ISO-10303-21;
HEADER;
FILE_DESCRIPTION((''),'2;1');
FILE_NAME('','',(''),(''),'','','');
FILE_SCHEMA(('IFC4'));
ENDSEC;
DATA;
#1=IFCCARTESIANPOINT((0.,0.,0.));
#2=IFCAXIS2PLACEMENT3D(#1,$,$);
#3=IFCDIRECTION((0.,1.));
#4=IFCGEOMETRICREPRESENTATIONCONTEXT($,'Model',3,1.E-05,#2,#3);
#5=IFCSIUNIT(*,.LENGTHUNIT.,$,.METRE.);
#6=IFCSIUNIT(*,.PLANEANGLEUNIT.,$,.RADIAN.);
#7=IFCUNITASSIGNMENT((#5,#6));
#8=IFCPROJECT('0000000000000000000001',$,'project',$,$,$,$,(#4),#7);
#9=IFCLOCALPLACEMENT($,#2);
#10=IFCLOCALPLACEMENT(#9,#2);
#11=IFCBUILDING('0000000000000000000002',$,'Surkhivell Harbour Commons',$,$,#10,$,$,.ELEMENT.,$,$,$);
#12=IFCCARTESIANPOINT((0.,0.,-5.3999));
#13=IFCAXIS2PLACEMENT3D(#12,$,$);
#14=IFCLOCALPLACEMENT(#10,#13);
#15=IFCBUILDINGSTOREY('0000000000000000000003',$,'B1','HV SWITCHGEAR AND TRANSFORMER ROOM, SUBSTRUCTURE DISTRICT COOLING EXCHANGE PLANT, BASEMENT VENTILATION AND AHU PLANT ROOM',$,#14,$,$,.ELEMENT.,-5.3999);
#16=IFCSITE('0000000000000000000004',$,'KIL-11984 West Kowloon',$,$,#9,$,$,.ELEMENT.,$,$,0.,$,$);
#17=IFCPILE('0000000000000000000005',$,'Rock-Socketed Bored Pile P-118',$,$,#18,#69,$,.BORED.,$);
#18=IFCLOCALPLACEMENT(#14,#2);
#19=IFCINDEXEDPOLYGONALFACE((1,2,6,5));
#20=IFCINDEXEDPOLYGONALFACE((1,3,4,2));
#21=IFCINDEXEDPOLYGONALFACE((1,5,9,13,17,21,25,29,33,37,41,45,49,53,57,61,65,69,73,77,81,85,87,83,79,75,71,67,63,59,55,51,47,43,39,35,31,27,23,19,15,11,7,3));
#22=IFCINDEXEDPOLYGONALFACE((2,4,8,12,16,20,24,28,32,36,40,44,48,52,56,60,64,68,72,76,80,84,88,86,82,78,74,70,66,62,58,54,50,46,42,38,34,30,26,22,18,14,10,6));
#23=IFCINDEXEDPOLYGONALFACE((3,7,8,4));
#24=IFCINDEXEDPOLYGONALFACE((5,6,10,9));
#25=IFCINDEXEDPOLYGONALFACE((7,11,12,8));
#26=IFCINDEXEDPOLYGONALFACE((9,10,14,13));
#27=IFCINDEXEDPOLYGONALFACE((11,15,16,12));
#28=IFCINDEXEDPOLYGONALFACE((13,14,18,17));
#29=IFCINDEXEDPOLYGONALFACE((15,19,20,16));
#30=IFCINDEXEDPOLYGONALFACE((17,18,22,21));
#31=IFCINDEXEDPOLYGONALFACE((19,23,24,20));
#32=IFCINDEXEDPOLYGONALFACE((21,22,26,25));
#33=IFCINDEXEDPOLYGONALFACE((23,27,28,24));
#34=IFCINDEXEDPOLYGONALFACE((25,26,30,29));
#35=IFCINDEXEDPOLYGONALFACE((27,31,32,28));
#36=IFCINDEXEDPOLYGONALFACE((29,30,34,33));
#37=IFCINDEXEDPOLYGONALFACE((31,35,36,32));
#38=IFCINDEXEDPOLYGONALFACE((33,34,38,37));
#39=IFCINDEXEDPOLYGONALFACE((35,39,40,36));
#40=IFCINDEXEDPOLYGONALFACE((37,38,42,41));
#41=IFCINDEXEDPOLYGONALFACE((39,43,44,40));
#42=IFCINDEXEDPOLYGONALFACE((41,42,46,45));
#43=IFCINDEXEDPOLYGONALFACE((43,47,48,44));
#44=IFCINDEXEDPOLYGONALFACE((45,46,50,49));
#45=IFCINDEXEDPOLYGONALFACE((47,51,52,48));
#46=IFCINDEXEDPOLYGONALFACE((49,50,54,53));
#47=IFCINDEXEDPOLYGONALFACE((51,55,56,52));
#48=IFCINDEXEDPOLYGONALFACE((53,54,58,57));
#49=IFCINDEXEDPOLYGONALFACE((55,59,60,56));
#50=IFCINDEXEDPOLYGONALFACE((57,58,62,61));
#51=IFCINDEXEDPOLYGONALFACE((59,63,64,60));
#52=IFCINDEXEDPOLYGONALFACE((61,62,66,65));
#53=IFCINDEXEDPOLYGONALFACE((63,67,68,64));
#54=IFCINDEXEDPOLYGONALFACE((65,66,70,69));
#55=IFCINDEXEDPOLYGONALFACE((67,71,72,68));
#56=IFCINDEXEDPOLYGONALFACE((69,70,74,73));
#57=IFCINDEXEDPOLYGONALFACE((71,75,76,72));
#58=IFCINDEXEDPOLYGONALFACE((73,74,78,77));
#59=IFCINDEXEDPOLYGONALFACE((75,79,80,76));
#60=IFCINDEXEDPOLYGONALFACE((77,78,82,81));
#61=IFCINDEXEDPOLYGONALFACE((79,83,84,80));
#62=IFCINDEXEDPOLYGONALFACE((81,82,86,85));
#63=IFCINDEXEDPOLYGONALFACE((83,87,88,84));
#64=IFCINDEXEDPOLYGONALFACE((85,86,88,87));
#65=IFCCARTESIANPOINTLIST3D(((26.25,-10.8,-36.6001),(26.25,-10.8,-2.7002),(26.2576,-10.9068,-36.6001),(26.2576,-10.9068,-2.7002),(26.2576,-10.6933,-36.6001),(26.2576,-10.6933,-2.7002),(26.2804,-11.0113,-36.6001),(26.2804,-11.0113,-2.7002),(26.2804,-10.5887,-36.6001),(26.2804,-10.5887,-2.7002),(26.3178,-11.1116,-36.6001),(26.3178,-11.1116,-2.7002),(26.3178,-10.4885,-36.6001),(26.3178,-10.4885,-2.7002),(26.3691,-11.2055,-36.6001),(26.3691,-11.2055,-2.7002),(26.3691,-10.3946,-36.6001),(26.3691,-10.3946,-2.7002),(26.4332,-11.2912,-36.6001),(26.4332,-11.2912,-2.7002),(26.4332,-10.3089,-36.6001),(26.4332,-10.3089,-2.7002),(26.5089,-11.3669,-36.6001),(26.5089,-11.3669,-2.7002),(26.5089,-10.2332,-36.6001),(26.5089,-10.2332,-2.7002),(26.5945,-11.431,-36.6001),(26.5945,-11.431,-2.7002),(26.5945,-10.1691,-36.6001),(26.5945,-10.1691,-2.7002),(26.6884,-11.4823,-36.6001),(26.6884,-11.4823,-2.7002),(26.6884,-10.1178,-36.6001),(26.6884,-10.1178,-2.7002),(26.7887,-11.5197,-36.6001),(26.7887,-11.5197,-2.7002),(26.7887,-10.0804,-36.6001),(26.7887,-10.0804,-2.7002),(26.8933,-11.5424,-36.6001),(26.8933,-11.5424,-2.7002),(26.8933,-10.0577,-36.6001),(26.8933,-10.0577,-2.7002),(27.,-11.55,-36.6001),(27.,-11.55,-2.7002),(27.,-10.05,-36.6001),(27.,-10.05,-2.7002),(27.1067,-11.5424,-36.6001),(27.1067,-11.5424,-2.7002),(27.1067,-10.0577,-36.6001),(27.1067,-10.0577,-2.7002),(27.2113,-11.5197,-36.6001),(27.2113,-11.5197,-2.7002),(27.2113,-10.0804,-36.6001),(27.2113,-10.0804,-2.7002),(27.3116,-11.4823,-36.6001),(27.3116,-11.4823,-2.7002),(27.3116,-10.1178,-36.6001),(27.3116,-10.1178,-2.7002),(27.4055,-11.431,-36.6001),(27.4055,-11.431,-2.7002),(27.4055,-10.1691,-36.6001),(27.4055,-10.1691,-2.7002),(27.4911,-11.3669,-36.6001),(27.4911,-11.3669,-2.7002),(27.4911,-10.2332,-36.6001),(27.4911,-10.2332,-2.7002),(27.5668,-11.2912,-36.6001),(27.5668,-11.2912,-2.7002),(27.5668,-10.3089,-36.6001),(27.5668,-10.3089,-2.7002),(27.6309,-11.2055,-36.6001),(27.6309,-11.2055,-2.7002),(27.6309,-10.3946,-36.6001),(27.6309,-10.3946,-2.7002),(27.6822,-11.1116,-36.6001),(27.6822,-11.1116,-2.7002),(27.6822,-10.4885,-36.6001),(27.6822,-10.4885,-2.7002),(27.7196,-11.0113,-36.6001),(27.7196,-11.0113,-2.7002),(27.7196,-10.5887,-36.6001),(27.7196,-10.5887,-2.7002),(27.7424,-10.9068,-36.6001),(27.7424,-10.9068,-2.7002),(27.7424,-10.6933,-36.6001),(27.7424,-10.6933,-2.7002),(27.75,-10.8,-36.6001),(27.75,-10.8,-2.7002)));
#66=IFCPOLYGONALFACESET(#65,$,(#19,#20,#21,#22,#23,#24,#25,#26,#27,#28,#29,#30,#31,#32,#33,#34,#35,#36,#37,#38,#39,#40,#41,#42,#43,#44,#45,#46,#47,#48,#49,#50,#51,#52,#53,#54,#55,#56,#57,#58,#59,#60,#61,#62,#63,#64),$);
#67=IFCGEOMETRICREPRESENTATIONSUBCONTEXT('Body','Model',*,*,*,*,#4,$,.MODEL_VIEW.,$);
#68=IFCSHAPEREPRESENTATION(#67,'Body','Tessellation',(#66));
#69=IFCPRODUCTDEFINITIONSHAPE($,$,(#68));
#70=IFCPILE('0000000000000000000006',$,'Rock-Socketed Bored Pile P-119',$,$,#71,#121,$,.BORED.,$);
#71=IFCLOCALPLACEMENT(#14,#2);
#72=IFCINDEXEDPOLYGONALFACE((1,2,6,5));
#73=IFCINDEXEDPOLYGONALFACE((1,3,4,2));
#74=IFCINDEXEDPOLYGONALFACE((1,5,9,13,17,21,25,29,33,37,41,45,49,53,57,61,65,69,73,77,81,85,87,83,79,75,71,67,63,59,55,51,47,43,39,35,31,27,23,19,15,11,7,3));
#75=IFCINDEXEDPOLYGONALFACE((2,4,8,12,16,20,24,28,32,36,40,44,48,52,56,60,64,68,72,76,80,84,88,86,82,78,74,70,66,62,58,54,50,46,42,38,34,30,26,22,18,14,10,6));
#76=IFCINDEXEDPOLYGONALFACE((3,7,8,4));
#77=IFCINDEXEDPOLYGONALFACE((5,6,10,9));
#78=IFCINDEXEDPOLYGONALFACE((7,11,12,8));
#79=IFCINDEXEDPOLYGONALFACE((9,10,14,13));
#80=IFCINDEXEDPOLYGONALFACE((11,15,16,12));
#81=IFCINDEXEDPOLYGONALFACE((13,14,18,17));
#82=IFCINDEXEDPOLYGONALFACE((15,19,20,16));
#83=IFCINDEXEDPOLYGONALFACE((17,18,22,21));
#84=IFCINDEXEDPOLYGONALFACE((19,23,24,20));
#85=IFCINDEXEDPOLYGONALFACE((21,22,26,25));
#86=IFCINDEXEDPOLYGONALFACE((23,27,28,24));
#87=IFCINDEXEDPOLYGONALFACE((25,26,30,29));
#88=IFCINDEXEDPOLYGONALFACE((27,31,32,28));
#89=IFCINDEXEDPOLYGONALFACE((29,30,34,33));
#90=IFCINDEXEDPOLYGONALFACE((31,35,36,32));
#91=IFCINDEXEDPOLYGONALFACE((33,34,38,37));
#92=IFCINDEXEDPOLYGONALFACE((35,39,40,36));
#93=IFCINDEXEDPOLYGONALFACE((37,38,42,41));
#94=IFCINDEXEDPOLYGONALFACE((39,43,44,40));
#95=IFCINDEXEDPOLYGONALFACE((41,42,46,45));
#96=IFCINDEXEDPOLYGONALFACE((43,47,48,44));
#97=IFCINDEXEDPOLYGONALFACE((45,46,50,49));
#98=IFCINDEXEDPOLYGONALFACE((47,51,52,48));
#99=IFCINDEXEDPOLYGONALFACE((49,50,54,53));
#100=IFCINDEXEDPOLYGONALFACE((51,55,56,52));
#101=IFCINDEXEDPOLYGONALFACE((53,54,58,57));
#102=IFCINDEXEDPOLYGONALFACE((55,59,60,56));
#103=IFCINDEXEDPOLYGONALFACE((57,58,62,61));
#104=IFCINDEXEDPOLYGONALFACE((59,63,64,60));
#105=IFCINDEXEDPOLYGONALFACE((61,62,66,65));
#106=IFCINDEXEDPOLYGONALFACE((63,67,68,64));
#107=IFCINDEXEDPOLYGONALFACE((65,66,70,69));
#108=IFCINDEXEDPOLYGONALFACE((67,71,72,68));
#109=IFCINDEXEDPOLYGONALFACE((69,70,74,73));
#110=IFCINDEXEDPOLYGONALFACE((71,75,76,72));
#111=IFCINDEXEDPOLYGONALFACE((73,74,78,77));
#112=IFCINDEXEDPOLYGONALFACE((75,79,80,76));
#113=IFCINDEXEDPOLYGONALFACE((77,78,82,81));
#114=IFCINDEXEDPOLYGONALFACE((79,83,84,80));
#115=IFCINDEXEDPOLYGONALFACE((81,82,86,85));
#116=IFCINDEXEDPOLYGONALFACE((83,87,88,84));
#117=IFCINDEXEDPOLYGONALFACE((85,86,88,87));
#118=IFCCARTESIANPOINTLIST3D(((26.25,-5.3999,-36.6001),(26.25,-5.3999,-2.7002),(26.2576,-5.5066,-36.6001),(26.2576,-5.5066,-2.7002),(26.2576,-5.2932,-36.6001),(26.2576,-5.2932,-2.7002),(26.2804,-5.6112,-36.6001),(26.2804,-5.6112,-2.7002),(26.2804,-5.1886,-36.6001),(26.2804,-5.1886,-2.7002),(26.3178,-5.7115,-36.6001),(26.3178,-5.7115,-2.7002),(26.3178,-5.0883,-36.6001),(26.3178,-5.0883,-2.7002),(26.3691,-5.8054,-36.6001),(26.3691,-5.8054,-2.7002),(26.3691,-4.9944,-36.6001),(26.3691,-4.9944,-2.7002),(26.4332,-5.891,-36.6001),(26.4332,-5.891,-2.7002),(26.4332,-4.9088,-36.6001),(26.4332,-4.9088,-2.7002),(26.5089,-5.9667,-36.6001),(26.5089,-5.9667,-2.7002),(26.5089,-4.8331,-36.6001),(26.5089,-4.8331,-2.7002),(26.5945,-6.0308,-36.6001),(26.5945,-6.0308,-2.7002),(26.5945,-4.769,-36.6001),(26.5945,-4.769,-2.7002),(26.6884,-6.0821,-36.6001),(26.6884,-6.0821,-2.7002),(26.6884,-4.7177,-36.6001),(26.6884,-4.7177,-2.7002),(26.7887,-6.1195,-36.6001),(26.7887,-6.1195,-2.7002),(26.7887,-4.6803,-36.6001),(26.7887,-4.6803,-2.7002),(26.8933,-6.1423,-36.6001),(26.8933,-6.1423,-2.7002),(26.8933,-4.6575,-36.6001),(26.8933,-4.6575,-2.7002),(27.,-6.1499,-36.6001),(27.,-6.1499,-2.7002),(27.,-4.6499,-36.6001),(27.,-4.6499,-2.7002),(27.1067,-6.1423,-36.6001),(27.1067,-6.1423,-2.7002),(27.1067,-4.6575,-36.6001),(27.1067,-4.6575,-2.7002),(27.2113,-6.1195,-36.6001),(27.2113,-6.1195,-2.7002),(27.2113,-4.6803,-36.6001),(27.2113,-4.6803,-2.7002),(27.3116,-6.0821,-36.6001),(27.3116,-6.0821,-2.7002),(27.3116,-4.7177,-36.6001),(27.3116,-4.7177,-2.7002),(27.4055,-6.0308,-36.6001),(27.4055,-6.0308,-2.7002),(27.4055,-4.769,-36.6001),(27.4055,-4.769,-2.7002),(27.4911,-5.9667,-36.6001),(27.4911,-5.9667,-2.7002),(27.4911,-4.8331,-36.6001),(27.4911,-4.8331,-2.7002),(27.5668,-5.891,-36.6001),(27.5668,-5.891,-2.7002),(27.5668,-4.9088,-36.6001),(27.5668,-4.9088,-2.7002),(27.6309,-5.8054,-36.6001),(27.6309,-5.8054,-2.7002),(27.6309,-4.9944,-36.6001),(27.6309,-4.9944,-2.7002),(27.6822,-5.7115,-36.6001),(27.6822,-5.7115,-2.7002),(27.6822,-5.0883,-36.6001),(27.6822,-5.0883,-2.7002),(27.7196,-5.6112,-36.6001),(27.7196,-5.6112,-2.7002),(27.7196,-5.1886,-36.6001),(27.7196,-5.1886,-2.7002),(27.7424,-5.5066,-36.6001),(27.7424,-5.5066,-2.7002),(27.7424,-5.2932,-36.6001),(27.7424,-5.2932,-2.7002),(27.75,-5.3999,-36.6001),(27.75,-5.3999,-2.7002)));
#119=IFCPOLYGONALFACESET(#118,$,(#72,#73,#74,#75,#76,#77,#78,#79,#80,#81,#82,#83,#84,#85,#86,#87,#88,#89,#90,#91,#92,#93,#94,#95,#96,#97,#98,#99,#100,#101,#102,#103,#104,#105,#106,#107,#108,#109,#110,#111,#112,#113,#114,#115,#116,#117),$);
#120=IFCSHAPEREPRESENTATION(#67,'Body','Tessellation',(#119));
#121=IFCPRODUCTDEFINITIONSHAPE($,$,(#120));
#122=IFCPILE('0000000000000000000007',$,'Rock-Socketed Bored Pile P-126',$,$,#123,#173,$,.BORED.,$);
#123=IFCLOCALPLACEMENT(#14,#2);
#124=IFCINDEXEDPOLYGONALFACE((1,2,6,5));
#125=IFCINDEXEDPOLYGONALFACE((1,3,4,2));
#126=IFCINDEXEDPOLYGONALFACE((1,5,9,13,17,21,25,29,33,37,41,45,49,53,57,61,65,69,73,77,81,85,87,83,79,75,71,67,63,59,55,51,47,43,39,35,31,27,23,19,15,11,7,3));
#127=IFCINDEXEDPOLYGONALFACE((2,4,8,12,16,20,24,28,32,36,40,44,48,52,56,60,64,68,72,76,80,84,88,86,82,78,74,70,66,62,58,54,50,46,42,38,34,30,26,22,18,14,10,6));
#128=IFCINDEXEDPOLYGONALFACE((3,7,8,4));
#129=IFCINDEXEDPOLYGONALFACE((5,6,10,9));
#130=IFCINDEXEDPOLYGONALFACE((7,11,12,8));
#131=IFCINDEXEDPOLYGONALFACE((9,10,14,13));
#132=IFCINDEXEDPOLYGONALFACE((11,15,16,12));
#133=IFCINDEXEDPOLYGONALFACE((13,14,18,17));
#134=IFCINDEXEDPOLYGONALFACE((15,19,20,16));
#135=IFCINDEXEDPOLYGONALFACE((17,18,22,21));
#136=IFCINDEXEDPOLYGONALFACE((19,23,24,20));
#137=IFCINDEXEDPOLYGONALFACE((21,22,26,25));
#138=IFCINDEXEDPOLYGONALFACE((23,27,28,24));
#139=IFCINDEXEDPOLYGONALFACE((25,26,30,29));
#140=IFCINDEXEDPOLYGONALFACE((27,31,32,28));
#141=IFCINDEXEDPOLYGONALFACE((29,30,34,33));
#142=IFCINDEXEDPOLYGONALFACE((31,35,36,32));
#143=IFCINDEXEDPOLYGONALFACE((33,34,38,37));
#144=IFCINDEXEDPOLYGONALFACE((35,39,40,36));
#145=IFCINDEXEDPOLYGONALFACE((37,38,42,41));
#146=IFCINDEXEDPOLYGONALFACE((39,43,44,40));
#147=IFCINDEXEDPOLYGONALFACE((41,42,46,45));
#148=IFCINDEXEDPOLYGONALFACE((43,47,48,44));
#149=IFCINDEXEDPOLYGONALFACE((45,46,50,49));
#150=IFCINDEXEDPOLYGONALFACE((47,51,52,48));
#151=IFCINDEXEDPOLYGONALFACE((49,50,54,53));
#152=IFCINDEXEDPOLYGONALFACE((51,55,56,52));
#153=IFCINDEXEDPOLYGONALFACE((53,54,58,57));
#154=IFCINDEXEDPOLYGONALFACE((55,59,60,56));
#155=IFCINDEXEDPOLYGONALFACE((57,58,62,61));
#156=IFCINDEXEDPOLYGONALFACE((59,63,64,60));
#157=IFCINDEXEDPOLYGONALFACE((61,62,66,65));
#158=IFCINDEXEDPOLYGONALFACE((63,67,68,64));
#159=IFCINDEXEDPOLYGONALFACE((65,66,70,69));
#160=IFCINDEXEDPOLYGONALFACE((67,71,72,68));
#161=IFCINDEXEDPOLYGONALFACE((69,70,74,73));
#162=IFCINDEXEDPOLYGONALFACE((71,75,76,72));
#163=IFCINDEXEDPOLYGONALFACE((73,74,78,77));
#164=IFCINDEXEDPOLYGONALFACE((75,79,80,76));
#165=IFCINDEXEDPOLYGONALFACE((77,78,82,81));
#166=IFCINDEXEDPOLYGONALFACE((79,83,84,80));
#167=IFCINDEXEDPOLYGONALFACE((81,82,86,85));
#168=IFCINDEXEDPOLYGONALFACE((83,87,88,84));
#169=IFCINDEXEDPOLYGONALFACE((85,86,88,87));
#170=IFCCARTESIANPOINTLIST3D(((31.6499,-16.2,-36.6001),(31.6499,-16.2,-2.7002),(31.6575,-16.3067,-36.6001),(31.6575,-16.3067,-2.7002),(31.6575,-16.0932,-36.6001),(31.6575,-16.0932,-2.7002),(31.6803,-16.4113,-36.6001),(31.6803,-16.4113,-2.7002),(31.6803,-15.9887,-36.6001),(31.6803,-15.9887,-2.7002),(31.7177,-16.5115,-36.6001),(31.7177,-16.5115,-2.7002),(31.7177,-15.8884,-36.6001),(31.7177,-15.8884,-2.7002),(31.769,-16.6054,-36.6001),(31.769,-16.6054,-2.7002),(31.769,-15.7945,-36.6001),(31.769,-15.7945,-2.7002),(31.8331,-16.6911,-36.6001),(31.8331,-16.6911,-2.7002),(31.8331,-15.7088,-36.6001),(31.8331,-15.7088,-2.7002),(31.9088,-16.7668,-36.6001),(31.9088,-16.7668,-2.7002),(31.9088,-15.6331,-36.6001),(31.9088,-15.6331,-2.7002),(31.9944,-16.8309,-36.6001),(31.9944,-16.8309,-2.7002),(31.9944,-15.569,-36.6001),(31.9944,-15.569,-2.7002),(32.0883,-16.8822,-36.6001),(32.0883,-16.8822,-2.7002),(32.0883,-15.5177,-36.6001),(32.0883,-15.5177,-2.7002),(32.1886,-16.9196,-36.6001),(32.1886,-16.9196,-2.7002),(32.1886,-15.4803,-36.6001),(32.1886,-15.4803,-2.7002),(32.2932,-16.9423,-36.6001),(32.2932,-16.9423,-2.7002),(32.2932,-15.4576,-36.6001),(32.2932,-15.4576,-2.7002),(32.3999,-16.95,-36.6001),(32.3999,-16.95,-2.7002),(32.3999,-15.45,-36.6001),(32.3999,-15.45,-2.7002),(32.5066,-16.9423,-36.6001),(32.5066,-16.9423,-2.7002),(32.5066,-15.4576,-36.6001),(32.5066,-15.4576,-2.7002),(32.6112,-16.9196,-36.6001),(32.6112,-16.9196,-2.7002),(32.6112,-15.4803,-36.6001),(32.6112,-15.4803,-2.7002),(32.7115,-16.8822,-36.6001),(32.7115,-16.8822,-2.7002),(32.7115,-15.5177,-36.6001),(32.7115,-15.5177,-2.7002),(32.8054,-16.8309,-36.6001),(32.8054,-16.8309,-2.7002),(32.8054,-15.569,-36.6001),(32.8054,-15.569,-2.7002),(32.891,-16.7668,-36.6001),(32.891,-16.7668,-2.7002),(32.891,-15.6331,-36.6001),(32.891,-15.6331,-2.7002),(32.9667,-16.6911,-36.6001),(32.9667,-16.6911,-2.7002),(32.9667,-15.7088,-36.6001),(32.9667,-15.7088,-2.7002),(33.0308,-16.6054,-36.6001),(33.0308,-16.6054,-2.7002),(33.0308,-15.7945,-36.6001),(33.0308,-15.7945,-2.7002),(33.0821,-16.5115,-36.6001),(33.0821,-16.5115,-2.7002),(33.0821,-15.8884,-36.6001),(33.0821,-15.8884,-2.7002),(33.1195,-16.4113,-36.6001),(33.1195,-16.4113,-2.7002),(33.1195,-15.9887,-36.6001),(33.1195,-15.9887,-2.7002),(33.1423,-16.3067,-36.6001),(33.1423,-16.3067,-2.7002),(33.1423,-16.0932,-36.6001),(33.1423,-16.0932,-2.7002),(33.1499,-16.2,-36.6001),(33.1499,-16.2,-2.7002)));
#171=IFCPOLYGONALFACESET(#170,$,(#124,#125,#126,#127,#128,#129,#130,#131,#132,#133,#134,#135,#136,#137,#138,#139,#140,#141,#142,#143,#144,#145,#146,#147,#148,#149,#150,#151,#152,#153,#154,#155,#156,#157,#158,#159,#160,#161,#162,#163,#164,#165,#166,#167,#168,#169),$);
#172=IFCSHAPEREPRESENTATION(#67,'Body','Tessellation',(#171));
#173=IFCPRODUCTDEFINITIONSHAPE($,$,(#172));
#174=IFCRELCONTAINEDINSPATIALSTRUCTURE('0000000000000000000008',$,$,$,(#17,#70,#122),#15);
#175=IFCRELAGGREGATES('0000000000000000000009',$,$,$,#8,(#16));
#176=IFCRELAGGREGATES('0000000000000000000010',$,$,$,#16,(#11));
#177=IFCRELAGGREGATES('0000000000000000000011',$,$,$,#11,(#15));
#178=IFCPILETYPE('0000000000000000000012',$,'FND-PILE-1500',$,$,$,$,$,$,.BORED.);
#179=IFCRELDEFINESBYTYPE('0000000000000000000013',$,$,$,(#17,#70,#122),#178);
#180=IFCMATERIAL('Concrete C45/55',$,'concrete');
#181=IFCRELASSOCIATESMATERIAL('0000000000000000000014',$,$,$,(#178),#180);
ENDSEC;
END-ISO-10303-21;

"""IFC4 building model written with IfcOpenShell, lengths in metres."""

from ifc_helpers import new_model, si_unit, direction, frame, origin, origin_2d, place, context, subcontext, project, spatial, circle, extrude, material, material_profile, profile_set, type_object, element, save


model = new_model("IFC4")

# Units and contexts
model_context = context("Model", 3, precision=1e-05, world=origin(), true_north=direction((0.0, 1.0)))
body_context = subcontext(model_context, "Body", "Model", "MODEL_VIEW")
ifc_project = project(units=[si_unit("LENGTHUNIT", "METRE"), si_unit("PLANEANGLEUNIT", "RADIAN")], contexts=[model_context])

# Site, building, storey
site_placement = place(None, origin())
site = spatial("IfcSite", under=ifc_project, at=site_placement, Name="KIL-11984 West Kowloon", CompositionType="ELEMENT", RefElevation=0.0)
building_placement = place(site_placement, origin())
building = spatial("IfcBuilding", under=site, at=building_placement, Name="Surkhivell Harbour Commons", CompositionType="ELEMENT")
storey_placement = place(building_placement, frame((0.0, 0.0, -5.3999)))
storey = spatial("IfcBuildingStorey", under=building, at=storey_placement, Name="B1", Description="HV SWITCHGEAR AND TRANSFORMER ROOM, SUBSTRUCTURE DISTRICT COOLING EXCHANGE PLANT, BASEMENT VENTILATION AND AHU PLANT ROOM", CompositionType="ELEMENT", Elevation=-5.3999)

# Piles
ifc_material_1 = material(Name="Concrete C45/55", Category="concrete")
ifc_material_profile_1 = material_profile(ifc_material_1, circle(Radius=0.75, at=origin_2d()), Name="PILE-1500")
ifc_profile_set_1 = profile_set([ifc_material_profile_1], Name="Concrete C45/55")
pile_type_1 = type_object("IfcPileType", Name="FND-PILE-1500", PredefinedType="BORED", material=ifc_profile_set_1)
for number, where, z_axis, x_axis, name in (
    (1, (27.0, -10.8, -2.7002), (0.0, 0.0, -1.0), (1.0, 0.0, 0.0), "Rock-Socketed Bored Pile P-118"),
    (2, (27.0, -5.3999, -2.7002), (0.0, 0.0, -1.0), (1.0, 0.0, 0.0), "Rock-Socketed Bored Pile P-119"),
    (3, (32.3999, -16.2, -2.7002), (0.0, 0.0, -1.0), (1.0, 0.0, 0.0), "Rock-Socketed Bored Pile P-126"),
):
    element("IfcPile", number, at=place(storey_placement, frame(where, z_axis=z_axis, x_axis=x_axis)), inside=storey, type_object=pile_type_1, Name=name, PredefinedType="BORED", context=body_context, shape_type="SweptSolid", body=[
        extrude(circle(Radius=0.75, at=origin_2d()), origin(), (0.0, 0.0, 1.0), 33.8999),
    ])

save(model, "model.ifc")
